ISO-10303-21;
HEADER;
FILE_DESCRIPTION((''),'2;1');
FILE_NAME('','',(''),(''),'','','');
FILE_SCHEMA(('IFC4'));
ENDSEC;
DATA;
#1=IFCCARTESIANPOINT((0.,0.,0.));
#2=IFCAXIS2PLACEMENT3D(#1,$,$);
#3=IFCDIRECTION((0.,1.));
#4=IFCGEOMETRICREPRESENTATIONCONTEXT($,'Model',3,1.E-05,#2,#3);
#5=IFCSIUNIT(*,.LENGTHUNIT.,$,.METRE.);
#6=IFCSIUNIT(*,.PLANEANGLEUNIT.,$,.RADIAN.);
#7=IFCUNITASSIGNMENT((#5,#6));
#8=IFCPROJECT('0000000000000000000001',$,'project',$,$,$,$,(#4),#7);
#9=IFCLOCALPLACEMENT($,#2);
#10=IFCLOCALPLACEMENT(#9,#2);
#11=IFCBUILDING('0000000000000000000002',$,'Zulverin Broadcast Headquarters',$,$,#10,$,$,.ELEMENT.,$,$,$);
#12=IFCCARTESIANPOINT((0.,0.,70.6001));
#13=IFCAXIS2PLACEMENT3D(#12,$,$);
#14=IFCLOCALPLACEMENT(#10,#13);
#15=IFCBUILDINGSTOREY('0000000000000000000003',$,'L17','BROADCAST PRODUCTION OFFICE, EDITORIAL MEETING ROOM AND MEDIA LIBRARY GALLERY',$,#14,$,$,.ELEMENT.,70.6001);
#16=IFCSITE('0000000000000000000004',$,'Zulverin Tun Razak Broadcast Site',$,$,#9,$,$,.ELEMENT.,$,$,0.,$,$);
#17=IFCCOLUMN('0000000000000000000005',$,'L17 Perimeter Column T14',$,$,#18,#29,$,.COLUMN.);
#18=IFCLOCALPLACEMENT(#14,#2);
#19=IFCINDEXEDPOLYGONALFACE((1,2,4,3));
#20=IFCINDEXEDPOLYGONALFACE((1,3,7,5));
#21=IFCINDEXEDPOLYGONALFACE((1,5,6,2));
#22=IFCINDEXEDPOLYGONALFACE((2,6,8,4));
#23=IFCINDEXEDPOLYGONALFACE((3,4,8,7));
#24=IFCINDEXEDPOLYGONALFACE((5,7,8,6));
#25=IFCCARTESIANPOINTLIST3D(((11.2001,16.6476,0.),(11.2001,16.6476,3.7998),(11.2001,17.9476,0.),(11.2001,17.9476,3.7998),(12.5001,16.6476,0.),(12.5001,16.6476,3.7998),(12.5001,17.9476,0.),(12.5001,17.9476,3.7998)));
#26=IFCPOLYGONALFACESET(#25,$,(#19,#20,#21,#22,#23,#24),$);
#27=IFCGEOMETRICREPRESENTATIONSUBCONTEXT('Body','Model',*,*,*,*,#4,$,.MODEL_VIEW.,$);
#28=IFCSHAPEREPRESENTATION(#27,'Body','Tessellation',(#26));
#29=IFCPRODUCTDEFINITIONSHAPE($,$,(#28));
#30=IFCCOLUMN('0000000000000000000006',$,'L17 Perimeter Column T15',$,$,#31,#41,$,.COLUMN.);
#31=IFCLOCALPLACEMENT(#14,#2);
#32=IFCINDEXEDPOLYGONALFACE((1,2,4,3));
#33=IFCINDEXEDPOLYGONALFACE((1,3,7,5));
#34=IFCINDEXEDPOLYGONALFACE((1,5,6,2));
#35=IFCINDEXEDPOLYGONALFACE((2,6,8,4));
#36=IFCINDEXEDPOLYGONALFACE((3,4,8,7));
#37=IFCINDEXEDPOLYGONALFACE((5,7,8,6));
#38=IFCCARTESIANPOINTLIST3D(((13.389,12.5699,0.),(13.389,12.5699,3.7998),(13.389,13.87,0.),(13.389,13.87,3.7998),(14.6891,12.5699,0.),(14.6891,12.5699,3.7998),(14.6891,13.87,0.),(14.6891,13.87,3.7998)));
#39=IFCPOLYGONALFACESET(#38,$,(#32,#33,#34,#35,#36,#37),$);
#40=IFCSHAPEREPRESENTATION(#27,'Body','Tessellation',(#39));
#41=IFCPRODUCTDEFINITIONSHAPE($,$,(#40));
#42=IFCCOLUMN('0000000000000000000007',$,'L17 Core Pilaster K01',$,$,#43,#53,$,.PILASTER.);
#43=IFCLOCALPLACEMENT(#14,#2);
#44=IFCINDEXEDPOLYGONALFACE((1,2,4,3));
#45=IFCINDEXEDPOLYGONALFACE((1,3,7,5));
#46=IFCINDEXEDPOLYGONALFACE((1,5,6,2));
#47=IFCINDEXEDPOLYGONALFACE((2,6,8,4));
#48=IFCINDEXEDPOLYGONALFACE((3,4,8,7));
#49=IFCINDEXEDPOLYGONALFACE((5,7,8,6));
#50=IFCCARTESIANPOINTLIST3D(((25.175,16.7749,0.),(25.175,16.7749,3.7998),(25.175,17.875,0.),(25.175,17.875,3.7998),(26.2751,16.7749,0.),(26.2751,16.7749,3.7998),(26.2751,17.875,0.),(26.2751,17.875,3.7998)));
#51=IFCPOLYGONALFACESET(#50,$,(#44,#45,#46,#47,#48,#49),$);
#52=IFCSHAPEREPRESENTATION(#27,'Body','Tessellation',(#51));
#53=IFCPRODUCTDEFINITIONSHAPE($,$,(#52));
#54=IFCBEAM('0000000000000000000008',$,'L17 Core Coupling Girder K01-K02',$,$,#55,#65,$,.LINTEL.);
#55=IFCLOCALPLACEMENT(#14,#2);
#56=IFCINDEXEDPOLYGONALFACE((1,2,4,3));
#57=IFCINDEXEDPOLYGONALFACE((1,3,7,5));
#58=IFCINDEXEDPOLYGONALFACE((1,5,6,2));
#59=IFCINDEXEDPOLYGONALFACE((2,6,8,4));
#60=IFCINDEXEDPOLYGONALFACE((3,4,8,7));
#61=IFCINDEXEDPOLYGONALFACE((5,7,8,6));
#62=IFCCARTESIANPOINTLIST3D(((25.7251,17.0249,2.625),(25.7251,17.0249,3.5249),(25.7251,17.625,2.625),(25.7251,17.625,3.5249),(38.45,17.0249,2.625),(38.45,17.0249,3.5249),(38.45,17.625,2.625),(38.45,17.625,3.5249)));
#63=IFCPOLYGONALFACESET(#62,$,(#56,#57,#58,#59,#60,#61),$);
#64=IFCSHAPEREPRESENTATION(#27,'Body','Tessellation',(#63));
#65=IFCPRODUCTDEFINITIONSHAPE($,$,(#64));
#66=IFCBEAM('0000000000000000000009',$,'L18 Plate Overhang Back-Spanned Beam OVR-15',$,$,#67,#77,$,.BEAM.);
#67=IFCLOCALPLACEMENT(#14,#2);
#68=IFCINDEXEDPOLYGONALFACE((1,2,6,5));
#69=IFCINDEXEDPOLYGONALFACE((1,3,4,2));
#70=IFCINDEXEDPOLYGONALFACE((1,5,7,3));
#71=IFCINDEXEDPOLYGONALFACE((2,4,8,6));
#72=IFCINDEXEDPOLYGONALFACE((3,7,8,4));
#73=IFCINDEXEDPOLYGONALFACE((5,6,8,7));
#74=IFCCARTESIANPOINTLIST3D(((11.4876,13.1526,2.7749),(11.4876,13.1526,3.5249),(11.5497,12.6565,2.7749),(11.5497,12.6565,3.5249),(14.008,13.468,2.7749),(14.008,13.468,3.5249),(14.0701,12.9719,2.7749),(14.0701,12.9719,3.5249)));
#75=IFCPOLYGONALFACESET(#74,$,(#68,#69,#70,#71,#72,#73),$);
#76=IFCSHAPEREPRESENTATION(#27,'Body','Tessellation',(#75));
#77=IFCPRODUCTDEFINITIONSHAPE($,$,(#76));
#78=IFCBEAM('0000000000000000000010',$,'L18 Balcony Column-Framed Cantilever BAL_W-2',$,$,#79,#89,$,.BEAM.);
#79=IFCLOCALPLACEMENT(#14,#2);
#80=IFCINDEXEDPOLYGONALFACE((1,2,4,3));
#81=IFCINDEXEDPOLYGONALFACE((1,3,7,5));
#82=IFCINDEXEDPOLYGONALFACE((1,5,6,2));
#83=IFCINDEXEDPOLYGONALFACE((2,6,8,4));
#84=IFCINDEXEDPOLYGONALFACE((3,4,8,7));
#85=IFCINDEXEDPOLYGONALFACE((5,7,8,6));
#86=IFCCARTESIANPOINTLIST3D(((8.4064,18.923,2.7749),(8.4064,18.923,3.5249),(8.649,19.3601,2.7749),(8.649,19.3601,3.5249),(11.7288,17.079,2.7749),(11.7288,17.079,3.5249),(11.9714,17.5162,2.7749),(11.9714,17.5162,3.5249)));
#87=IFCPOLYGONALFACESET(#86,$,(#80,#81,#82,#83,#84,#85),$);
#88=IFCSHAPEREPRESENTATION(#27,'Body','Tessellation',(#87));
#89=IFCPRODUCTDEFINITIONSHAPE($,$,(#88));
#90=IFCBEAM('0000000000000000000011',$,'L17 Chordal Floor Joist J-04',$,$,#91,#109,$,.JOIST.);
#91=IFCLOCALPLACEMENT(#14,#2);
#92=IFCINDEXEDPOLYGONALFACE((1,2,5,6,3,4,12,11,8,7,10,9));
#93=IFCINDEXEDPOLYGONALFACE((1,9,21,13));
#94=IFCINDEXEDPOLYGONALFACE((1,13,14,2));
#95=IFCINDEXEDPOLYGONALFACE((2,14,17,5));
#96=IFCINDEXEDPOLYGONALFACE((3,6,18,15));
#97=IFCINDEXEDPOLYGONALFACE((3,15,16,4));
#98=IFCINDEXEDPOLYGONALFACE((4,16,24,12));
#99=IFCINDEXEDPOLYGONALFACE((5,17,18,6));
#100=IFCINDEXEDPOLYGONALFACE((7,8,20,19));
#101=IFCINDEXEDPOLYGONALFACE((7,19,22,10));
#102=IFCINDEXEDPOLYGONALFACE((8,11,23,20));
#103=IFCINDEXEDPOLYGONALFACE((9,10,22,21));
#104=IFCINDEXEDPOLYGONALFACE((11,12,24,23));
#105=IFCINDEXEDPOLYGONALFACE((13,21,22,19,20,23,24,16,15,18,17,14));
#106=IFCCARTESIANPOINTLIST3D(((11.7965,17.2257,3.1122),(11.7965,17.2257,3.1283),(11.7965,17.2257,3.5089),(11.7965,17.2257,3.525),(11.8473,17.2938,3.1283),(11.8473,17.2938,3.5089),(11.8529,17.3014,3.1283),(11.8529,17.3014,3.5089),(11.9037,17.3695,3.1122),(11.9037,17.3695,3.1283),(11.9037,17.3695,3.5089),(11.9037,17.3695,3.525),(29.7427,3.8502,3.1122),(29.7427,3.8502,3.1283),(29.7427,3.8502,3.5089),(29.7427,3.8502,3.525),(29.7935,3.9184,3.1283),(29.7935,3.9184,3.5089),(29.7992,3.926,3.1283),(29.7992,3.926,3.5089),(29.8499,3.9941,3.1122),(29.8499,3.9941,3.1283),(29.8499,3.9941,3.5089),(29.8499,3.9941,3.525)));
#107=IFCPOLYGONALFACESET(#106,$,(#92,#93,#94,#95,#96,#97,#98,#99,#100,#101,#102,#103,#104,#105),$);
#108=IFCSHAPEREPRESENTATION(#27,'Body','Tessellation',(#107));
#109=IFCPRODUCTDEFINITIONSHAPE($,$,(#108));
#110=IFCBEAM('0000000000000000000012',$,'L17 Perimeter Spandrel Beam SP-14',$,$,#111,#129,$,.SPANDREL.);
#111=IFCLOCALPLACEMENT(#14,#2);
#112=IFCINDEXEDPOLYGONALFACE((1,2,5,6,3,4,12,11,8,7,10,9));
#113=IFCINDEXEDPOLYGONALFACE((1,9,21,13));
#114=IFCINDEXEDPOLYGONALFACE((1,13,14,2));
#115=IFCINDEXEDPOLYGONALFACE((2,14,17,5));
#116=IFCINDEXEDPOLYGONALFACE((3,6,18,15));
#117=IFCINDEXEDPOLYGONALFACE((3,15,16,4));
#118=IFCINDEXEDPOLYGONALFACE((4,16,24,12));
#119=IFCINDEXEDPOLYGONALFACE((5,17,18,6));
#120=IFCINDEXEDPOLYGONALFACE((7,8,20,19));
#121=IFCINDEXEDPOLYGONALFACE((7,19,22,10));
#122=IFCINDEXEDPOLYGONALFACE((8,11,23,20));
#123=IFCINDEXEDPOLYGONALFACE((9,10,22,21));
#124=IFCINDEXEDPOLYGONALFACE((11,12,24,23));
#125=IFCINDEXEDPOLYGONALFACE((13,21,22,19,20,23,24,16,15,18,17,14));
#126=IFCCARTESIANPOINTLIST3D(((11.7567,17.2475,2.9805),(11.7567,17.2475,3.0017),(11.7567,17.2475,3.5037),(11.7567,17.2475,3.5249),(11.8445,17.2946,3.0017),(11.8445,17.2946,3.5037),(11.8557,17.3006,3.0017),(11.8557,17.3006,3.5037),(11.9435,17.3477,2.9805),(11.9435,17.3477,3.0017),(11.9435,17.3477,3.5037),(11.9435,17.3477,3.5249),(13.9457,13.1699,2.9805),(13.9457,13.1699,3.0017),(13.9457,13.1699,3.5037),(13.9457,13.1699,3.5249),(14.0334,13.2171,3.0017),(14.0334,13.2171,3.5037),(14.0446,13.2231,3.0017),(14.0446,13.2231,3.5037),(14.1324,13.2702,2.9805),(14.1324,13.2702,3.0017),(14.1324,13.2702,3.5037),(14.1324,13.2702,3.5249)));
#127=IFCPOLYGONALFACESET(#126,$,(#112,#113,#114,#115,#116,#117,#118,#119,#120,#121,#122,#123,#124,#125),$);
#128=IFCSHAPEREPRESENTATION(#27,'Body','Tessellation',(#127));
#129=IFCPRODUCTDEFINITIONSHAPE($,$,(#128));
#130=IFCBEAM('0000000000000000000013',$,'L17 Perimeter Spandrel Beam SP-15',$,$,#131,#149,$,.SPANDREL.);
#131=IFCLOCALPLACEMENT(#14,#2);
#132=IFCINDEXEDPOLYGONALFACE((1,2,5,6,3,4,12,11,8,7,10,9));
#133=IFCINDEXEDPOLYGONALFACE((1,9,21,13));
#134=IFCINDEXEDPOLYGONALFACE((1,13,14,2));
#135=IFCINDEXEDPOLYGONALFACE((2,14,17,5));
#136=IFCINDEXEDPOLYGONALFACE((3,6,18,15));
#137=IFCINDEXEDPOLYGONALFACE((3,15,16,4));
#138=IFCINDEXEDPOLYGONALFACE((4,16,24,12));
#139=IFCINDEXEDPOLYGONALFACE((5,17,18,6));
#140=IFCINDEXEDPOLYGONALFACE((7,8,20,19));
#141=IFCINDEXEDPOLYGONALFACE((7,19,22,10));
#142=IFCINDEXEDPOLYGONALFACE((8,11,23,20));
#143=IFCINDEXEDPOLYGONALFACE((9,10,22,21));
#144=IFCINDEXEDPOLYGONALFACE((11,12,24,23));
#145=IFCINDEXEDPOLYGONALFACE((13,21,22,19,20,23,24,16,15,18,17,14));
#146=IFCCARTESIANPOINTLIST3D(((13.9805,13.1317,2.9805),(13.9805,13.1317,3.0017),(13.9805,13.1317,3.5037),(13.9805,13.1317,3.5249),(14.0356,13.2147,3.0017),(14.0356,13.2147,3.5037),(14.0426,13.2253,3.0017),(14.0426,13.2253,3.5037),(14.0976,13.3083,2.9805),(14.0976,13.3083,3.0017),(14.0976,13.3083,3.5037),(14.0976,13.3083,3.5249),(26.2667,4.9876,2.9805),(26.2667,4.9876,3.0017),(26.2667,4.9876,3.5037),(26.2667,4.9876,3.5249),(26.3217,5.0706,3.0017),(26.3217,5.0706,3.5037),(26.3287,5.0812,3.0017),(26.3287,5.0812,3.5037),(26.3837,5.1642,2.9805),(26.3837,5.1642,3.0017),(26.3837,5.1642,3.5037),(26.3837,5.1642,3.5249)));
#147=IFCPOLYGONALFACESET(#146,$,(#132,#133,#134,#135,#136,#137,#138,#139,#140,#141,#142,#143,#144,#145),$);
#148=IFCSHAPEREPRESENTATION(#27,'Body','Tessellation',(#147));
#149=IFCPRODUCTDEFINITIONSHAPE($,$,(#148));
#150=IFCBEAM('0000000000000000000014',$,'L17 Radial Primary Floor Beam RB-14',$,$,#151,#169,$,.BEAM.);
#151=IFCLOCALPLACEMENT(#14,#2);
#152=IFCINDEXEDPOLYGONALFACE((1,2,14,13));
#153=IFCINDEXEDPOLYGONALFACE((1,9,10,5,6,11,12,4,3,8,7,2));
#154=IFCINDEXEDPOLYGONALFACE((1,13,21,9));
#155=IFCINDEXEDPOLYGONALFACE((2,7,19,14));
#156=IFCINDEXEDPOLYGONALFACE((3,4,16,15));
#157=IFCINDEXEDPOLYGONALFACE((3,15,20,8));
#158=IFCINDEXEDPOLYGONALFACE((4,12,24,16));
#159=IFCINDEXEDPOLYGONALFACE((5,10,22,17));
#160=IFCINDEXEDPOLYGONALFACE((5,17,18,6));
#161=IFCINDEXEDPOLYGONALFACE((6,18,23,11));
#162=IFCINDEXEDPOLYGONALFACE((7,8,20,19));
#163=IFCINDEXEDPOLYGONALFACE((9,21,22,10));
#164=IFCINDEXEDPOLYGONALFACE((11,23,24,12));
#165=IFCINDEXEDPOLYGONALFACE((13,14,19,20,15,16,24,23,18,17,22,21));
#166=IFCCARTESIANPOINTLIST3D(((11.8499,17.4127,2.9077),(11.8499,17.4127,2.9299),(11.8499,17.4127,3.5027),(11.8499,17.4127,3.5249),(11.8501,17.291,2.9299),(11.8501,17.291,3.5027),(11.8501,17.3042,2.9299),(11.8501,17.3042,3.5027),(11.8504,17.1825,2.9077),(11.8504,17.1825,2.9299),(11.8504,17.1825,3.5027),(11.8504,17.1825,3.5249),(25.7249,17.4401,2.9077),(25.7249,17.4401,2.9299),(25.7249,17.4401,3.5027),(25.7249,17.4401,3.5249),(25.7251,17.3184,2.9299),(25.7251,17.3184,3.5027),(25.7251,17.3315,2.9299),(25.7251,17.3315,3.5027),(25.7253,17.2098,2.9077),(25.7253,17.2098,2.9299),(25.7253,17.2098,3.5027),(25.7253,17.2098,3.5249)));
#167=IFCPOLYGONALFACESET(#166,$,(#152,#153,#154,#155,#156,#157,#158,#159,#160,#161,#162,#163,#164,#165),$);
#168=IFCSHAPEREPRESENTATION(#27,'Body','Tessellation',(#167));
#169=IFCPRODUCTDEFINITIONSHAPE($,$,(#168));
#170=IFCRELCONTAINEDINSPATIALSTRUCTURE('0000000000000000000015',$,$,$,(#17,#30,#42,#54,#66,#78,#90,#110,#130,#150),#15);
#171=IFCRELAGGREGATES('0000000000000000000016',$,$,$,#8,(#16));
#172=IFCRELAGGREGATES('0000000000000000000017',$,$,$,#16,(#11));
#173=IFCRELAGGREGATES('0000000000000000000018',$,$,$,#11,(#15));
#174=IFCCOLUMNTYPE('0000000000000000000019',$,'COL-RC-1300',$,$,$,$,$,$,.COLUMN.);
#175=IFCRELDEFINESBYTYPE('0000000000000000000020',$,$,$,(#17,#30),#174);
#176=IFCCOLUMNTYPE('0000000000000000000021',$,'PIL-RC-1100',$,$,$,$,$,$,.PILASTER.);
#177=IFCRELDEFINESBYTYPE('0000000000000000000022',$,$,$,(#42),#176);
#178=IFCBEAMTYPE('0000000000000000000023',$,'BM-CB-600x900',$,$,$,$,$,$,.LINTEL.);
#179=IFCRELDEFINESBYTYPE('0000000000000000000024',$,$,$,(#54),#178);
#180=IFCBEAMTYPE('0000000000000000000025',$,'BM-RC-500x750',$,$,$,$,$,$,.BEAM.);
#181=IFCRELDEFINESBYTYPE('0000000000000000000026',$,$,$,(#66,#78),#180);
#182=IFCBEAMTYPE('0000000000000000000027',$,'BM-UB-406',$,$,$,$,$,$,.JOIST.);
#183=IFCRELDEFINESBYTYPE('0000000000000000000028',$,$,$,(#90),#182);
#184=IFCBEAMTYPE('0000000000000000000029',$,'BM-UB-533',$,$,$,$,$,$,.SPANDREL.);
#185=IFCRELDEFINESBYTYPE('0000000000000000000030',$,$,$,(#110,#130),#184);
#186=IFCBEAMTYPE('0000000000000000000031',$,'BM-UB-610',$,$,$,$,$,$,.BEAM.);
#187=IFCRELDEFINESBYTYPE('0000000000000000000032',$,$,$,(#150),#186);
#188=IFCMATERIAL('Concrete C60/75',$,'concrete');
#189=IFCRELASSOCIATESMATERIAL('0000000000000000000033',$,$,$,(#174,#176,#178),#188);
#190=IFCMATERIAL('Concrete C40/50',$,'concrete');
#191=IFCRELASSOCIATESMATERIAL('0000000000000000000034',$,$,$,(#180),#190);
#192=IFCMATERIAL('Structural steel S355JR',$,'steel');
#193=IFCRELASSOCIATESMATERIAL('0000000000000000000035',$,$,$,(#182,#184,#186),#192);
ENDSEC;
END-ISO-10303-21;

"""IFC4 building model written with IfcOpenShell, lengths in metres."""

from ifc_helpers import new_model, si_unit, direction, frame, origin, origin_2d, place, context, subcontext, project, spatial, rectangle, i_section, extrude, material, material_profile, profile_set, type_object, element, save


model = new_model("IFC4")

# Units and contexts
model_context = context("Model", 3, precision=1e-05, world=origin(), true_north=direction((0.0, 1.0)))
body_context = subcontext(model_context, "Body", "Model", "MODEL_VIEW")
ifc_project = project(units=[si_unit("LENGTHUNIT", "METRE"), si_unit("PLANEANGLEUNIT", "RADIAN")], contexts=[model_context])

# Site, building, storey
site_placement = place(None, origin())
site = spatial("IfcSite", under=ifc_project, at=site_placement, Name="Zulverin Tun Razak Broadcast Site", CompositionType="ELEMENT", RefElevation=0.0)
building_placement = place(site_placement, origin())
building = spatial("IfcBuilding", under=site, at=building_placement, Name="Zulverin Broadcast Headquarters", CompositionType="ELEMENT")
storey_placement = place(building_placement, frame((0.0, 0.0, 70.6001)))
storey = spatial("IfcBuildingStorey", under=building, at=storey_placement, Name="L17", Description="BROADCAST PRODUCTION OFFICE, EDITORIAL MEETING ROOM AND MEDIA LIBRARY GALLERY", CompositionType="ELEMENT", Elevation=70.6001)

# Columns
ifc_material_1 = material(Name="Concrete C60/75", Category="concrete")
ifc_material_profile_1 = material_profile(ifc_material_1, rectangle(XDim=1.3, YDim=1.3, at=origin_2d()), Name="Concrete C60/75", Category="concrete")
ifc_profile_set_1 = profile_set([ifc_material_profile_1], Name="Concrete C60/75")
column_type_1 = type_object("IfcColumnType", Name="COL-RC-1300", PredefinedType="COLUMN", material=ifc_profile_set_1)
for number, where, z_axis, x_axis, name in (
    (1, (11.8501, 17.2976, 0.0), (0.0, 0.0, 1.0), (1.0, 0.0, 0.0), "L17 Perimeter Column T14"),
    (2, (14.0391, 13.22, 0.0), (0.0, 0.0, 1.0), (1.0, 0.0, 0.0), "L17 Perimeter Column T15"),
):
    element("IfcColumn", number, at=place(storey_placement, frame(where, z_axis=z_axis, x_axis=x_axis)), inside=storey, type_object=column_type_1, Name=name, PredefinedType="COLUMN", context=body_context, shape_type="SweptSolid", body=[
        extrude(rectangle(XDim=1.3, YDim=1.3, at=origin_2d()), origin(), (0.0, 0.0, 1.0), 3.7998),
    ])
ifc_material_profile_2 = material_profile(ifc_material_1, rectangle(XDim=1.1001, YDim=1.1001, at=origin_2d()), Name="Concrete C60/75", Category="concrete")
ifc_profile_set_2 = profile_set([ifc_material_profile_2], Name="Concrete C60/75")
column_type_2 = type_object("IfcColumnType", Name="PIL-RC-1100", PredefinedType="PILASTER", material=ifc_profile_set_2)
column_placement = place(storey_placement, frame((25.7251, 17.325, 0.0), z_axis=(0.0, 0.0, 1.0), x_axis=(1.0, 0.0, 0.0)))
element("IfcColumn", 3, at=column_placement, inside=storey, type_object=column_type_2, Name="L17 Core Pilaster K01", PredefinedType="PILASTER", context=body_context, shape_type="SweptSolid", body=[
    extrude(rectangle(XDim=1.1001, YDim=1.1001, at=origin_2d()), origin(), (0.0, 0.0, 1.0), 3.7998),
])

# Beams
ifc_material_profile_3 = material_profile(ifc_material_1, rectangle(XDim=0.6001, YDim=0.8999, at=origin_2d()), Name="Concrete C60/75", Category="concrete")
ifc_profile_set_3 = profile_set([ifc_material_profile_3], Name="Concrete C60/75")
beam_type_1 = type_object("IfcBeamType", Name="BM-CB-600x900", PredefinedType="LINTEL", material=ifc_profile_set_3)
beam_1_placement = place(storey_placement, frame((25.7251, 17.325, 3.075), z_axis=(1.0, 0.0, 0.0), x_axis=(0.0, 1.0, 0.0)))
element("IfcBeam", 4, at=beam_1_placement, inside=storey, type_object=beam_type_1, Name="L17 Core Coupling Girder K01-K02", PredefinedType="LINTEL", context=body_context, shape_type="SweptSolid", body=[
    extrude(rectangle(XDim=0.6001, YDim=0.8999, at=origin_2d()), origin(), (0.0, 0.0, 1.0), 12.7249),
])
ifc_material_2 = material(Name="Concrete C40/50", Category="concrete")
ifc_material_profile_4 = material_profile(ifc_material_2, rectangle(XDim=0.5, YDim=0.75, at=origin_2d()), Name="Concrete C40/50", Category="concrete")
ifc_profile_set_4 = profile_set([ifc_material_profile_4], Name="Concrete C40/50")
beam_type_2 = type_object("IfcBeamType", Name="BM-RC-500x750", PredefinedType="BEAM", material=ifc_profile_set_4)
beam_2_placement = place(storey_placement, frame((14.0391, 13.22, 3.1499), z_axis=(-0.992259, -0.124189, 0.0), x_axis=(0.124189, -0.992259, 0.0)))
element("IfcBeam", 5, at=beam_2_placement, inside=storey, type_object=beam_type_2, Name="L18 Plate Overhang Back-Spanned Beam OVR-15", PredefinedType="BEAM", context=body_context, shape_type="SweptSolid", body=[
    extrude(rectangle(XDim=0.5, YDim=0.75, at=origin_2d()), origin(), (0.0, 0.0, 1.0), 2.54),
])
beam_3_placement = place(storey_placement, frame((11.8501, 17.2976, 3.1499), z_axis=(-0.874363, 0.485272, 0.0), x_axis=(-0.485272, -0.874363, 0.0)))
element("IfcBeam", 6, at=beam_3_placement, inside=storey, type_object=beam_type_2, Name="L18 Balcony Column-Framed Cantilever BAL_W-2", PredefinedType="BEAM", context=body_context, shape_type="SweptSolid", body=[
    extrude(rectangle(XDim=0.5, YDim=0.75, at=origin_2d()), origin(), (0.0, 0.0, 1.0), 3.7998),
])
ifc_material_3 = material(Name="Structural steel S355JR", Category="steel")
ifc_material_profile_5 = material_profile(ifc_material_3, i_section(OverallWidth=0.1794, OverallDepth=0.4128, WebThickness=0.0095, FlangeThickness=0.0161, at=origin_2d()), Name="Structural steel S355JR", Category="steel")
ifc_profile_set_5 = profile_set([ifc_material_profile_5], Name="Structural steel S355JR")
beam_type_3 = type_object("IfcBeamType", Name="BM-UB-406", PredefinedType="JOIST", material=ifc_profile_set_5)
beam_4_placement = place(storey_placement, frame((11.8501, 17.2976, 3.3186), z_axis=(0.801803, -0.597589, 0.0), x_axis=(0.597589, 0.801803, 0.0)))
element("IfcBeam", 7, at=beam_4_placement, inside=storey, type_object=beam_type_3, Name="L17 Chordal Floor Joist J-04", PredefinedType="JOIST", context=body_context, shape_type="SweptSolid", body=[
    extrude(i_section(OverallWidth=0.1794, OverallDepth=0.4128, WebThickness=0.0095, FlangeThickness=0.0161, at=origin_2d()), origin(), (0.0, 0.0, 1.0), 22.3823),
])
ifc_material_profile_6 = material_profile(ifc_material_3, i_section(OverallWidth=0.2119, OverallDepth=0.5444, WebThickness=0.0127, FlangeThickness=0.0212, at=origin_2d()), Name="Structural steel S355JR", Category="steel")
ifc_profile_set_6 = profile_set([ifc_material_profile_6], Name="Structural steel S355JR")
beam_type_4 = type_object("IfcBeamType", Name="BM-UB-533", PredefinedType="SPANDREL", material=ifc_profile_set_6)
beam_5_placement = place(storey_placement, frame((11.8501, 17.2976, 3.2527), z_axis=(0.47298, -0.881073, 0.0), x_axis=(0.881073, 0.47298, 0.0)))
element("IfcBeam", 8, at=beam_5_placement, inside=storey, type_object=beam_type_4, Name="L17 Perimeter Spandrel Beam SP-14", PredefinedType="SPANDREL", context=body_context, shape_type="SweptSolid", body=[
    extrude(i_section(OverallWidth=0.2119, OverallDepth=0.5444, WebThickness=0.0127, FlangeThickness=0.0212, at=origin_2d()), origin(), (0.0, 0.0, 1.0), 4.6279),
])
beam_6_placement = place(storey_placement, frame((14.0391, 13.22, 3.2527), z_axis=(0.83351, -0.552504, 0.0), x_axis=(0.552504, 0.83351, 0.0)))
element("IfcBeam", 9, at=beam_6_placement, inside=storey, type_object=beam_type_4, Name="L17 Perimeter Spandrel Beam SP-15", PredefinedType="SPANDREL", context=body_context, shape_type="SweptSolid", body=[
    extrude(i_section(OverallWidth=0.2119, OverallDepth=0.5444, WebThickness=0.0127, FlangeThickness=0.0212, at=origin_2d()), origin(), (0.0, 0.0, 1.0), 14.7402),
])
ifc_material_profile_7 = material_profile(ifc_material_3, i_section(OverallWidth=0.2302, OverallDepth=0.6172, WebThickness=0.0132, FlangeThickness=0.0222, at=origin_2d()), Name="Structural steel S355JR", Category="steel")
ifc_profile_set_7 = profile_set([ifc_material_profile_7], Name="Structural steel S355JR")
beam_type_5 = type_object("IfcBeamType", Name="BM-UB-610", PredefinedType="BEAM", material=ifc_profile_set_7)
beam_7_placement = place(storey_placement, frame((25.7251, 17.325, 3.2163), z_axis=(-0.999998, -0.001971, 0.0), x_axis=(0.001971, -0.999998, 0.0)))
element("IfcBeam", 10, at=beam_7_placement, inside=storey, type_object=beam_type_5, Name="L17 Radial Primary Floor Beam RB-14", PredefinedType="BEAM", context=body_context, shape_type="SweptSolid", body=[
    extrude(i_section(OverallWidth=0.2302, OverallDepth=0.6172, WebThickness=0.0132, FlangeThickness=0.0222, at=origin_2d()), origin(), (0.0, 0.0, 1.0), 13.875),
])

save(model, "model.ifc")
